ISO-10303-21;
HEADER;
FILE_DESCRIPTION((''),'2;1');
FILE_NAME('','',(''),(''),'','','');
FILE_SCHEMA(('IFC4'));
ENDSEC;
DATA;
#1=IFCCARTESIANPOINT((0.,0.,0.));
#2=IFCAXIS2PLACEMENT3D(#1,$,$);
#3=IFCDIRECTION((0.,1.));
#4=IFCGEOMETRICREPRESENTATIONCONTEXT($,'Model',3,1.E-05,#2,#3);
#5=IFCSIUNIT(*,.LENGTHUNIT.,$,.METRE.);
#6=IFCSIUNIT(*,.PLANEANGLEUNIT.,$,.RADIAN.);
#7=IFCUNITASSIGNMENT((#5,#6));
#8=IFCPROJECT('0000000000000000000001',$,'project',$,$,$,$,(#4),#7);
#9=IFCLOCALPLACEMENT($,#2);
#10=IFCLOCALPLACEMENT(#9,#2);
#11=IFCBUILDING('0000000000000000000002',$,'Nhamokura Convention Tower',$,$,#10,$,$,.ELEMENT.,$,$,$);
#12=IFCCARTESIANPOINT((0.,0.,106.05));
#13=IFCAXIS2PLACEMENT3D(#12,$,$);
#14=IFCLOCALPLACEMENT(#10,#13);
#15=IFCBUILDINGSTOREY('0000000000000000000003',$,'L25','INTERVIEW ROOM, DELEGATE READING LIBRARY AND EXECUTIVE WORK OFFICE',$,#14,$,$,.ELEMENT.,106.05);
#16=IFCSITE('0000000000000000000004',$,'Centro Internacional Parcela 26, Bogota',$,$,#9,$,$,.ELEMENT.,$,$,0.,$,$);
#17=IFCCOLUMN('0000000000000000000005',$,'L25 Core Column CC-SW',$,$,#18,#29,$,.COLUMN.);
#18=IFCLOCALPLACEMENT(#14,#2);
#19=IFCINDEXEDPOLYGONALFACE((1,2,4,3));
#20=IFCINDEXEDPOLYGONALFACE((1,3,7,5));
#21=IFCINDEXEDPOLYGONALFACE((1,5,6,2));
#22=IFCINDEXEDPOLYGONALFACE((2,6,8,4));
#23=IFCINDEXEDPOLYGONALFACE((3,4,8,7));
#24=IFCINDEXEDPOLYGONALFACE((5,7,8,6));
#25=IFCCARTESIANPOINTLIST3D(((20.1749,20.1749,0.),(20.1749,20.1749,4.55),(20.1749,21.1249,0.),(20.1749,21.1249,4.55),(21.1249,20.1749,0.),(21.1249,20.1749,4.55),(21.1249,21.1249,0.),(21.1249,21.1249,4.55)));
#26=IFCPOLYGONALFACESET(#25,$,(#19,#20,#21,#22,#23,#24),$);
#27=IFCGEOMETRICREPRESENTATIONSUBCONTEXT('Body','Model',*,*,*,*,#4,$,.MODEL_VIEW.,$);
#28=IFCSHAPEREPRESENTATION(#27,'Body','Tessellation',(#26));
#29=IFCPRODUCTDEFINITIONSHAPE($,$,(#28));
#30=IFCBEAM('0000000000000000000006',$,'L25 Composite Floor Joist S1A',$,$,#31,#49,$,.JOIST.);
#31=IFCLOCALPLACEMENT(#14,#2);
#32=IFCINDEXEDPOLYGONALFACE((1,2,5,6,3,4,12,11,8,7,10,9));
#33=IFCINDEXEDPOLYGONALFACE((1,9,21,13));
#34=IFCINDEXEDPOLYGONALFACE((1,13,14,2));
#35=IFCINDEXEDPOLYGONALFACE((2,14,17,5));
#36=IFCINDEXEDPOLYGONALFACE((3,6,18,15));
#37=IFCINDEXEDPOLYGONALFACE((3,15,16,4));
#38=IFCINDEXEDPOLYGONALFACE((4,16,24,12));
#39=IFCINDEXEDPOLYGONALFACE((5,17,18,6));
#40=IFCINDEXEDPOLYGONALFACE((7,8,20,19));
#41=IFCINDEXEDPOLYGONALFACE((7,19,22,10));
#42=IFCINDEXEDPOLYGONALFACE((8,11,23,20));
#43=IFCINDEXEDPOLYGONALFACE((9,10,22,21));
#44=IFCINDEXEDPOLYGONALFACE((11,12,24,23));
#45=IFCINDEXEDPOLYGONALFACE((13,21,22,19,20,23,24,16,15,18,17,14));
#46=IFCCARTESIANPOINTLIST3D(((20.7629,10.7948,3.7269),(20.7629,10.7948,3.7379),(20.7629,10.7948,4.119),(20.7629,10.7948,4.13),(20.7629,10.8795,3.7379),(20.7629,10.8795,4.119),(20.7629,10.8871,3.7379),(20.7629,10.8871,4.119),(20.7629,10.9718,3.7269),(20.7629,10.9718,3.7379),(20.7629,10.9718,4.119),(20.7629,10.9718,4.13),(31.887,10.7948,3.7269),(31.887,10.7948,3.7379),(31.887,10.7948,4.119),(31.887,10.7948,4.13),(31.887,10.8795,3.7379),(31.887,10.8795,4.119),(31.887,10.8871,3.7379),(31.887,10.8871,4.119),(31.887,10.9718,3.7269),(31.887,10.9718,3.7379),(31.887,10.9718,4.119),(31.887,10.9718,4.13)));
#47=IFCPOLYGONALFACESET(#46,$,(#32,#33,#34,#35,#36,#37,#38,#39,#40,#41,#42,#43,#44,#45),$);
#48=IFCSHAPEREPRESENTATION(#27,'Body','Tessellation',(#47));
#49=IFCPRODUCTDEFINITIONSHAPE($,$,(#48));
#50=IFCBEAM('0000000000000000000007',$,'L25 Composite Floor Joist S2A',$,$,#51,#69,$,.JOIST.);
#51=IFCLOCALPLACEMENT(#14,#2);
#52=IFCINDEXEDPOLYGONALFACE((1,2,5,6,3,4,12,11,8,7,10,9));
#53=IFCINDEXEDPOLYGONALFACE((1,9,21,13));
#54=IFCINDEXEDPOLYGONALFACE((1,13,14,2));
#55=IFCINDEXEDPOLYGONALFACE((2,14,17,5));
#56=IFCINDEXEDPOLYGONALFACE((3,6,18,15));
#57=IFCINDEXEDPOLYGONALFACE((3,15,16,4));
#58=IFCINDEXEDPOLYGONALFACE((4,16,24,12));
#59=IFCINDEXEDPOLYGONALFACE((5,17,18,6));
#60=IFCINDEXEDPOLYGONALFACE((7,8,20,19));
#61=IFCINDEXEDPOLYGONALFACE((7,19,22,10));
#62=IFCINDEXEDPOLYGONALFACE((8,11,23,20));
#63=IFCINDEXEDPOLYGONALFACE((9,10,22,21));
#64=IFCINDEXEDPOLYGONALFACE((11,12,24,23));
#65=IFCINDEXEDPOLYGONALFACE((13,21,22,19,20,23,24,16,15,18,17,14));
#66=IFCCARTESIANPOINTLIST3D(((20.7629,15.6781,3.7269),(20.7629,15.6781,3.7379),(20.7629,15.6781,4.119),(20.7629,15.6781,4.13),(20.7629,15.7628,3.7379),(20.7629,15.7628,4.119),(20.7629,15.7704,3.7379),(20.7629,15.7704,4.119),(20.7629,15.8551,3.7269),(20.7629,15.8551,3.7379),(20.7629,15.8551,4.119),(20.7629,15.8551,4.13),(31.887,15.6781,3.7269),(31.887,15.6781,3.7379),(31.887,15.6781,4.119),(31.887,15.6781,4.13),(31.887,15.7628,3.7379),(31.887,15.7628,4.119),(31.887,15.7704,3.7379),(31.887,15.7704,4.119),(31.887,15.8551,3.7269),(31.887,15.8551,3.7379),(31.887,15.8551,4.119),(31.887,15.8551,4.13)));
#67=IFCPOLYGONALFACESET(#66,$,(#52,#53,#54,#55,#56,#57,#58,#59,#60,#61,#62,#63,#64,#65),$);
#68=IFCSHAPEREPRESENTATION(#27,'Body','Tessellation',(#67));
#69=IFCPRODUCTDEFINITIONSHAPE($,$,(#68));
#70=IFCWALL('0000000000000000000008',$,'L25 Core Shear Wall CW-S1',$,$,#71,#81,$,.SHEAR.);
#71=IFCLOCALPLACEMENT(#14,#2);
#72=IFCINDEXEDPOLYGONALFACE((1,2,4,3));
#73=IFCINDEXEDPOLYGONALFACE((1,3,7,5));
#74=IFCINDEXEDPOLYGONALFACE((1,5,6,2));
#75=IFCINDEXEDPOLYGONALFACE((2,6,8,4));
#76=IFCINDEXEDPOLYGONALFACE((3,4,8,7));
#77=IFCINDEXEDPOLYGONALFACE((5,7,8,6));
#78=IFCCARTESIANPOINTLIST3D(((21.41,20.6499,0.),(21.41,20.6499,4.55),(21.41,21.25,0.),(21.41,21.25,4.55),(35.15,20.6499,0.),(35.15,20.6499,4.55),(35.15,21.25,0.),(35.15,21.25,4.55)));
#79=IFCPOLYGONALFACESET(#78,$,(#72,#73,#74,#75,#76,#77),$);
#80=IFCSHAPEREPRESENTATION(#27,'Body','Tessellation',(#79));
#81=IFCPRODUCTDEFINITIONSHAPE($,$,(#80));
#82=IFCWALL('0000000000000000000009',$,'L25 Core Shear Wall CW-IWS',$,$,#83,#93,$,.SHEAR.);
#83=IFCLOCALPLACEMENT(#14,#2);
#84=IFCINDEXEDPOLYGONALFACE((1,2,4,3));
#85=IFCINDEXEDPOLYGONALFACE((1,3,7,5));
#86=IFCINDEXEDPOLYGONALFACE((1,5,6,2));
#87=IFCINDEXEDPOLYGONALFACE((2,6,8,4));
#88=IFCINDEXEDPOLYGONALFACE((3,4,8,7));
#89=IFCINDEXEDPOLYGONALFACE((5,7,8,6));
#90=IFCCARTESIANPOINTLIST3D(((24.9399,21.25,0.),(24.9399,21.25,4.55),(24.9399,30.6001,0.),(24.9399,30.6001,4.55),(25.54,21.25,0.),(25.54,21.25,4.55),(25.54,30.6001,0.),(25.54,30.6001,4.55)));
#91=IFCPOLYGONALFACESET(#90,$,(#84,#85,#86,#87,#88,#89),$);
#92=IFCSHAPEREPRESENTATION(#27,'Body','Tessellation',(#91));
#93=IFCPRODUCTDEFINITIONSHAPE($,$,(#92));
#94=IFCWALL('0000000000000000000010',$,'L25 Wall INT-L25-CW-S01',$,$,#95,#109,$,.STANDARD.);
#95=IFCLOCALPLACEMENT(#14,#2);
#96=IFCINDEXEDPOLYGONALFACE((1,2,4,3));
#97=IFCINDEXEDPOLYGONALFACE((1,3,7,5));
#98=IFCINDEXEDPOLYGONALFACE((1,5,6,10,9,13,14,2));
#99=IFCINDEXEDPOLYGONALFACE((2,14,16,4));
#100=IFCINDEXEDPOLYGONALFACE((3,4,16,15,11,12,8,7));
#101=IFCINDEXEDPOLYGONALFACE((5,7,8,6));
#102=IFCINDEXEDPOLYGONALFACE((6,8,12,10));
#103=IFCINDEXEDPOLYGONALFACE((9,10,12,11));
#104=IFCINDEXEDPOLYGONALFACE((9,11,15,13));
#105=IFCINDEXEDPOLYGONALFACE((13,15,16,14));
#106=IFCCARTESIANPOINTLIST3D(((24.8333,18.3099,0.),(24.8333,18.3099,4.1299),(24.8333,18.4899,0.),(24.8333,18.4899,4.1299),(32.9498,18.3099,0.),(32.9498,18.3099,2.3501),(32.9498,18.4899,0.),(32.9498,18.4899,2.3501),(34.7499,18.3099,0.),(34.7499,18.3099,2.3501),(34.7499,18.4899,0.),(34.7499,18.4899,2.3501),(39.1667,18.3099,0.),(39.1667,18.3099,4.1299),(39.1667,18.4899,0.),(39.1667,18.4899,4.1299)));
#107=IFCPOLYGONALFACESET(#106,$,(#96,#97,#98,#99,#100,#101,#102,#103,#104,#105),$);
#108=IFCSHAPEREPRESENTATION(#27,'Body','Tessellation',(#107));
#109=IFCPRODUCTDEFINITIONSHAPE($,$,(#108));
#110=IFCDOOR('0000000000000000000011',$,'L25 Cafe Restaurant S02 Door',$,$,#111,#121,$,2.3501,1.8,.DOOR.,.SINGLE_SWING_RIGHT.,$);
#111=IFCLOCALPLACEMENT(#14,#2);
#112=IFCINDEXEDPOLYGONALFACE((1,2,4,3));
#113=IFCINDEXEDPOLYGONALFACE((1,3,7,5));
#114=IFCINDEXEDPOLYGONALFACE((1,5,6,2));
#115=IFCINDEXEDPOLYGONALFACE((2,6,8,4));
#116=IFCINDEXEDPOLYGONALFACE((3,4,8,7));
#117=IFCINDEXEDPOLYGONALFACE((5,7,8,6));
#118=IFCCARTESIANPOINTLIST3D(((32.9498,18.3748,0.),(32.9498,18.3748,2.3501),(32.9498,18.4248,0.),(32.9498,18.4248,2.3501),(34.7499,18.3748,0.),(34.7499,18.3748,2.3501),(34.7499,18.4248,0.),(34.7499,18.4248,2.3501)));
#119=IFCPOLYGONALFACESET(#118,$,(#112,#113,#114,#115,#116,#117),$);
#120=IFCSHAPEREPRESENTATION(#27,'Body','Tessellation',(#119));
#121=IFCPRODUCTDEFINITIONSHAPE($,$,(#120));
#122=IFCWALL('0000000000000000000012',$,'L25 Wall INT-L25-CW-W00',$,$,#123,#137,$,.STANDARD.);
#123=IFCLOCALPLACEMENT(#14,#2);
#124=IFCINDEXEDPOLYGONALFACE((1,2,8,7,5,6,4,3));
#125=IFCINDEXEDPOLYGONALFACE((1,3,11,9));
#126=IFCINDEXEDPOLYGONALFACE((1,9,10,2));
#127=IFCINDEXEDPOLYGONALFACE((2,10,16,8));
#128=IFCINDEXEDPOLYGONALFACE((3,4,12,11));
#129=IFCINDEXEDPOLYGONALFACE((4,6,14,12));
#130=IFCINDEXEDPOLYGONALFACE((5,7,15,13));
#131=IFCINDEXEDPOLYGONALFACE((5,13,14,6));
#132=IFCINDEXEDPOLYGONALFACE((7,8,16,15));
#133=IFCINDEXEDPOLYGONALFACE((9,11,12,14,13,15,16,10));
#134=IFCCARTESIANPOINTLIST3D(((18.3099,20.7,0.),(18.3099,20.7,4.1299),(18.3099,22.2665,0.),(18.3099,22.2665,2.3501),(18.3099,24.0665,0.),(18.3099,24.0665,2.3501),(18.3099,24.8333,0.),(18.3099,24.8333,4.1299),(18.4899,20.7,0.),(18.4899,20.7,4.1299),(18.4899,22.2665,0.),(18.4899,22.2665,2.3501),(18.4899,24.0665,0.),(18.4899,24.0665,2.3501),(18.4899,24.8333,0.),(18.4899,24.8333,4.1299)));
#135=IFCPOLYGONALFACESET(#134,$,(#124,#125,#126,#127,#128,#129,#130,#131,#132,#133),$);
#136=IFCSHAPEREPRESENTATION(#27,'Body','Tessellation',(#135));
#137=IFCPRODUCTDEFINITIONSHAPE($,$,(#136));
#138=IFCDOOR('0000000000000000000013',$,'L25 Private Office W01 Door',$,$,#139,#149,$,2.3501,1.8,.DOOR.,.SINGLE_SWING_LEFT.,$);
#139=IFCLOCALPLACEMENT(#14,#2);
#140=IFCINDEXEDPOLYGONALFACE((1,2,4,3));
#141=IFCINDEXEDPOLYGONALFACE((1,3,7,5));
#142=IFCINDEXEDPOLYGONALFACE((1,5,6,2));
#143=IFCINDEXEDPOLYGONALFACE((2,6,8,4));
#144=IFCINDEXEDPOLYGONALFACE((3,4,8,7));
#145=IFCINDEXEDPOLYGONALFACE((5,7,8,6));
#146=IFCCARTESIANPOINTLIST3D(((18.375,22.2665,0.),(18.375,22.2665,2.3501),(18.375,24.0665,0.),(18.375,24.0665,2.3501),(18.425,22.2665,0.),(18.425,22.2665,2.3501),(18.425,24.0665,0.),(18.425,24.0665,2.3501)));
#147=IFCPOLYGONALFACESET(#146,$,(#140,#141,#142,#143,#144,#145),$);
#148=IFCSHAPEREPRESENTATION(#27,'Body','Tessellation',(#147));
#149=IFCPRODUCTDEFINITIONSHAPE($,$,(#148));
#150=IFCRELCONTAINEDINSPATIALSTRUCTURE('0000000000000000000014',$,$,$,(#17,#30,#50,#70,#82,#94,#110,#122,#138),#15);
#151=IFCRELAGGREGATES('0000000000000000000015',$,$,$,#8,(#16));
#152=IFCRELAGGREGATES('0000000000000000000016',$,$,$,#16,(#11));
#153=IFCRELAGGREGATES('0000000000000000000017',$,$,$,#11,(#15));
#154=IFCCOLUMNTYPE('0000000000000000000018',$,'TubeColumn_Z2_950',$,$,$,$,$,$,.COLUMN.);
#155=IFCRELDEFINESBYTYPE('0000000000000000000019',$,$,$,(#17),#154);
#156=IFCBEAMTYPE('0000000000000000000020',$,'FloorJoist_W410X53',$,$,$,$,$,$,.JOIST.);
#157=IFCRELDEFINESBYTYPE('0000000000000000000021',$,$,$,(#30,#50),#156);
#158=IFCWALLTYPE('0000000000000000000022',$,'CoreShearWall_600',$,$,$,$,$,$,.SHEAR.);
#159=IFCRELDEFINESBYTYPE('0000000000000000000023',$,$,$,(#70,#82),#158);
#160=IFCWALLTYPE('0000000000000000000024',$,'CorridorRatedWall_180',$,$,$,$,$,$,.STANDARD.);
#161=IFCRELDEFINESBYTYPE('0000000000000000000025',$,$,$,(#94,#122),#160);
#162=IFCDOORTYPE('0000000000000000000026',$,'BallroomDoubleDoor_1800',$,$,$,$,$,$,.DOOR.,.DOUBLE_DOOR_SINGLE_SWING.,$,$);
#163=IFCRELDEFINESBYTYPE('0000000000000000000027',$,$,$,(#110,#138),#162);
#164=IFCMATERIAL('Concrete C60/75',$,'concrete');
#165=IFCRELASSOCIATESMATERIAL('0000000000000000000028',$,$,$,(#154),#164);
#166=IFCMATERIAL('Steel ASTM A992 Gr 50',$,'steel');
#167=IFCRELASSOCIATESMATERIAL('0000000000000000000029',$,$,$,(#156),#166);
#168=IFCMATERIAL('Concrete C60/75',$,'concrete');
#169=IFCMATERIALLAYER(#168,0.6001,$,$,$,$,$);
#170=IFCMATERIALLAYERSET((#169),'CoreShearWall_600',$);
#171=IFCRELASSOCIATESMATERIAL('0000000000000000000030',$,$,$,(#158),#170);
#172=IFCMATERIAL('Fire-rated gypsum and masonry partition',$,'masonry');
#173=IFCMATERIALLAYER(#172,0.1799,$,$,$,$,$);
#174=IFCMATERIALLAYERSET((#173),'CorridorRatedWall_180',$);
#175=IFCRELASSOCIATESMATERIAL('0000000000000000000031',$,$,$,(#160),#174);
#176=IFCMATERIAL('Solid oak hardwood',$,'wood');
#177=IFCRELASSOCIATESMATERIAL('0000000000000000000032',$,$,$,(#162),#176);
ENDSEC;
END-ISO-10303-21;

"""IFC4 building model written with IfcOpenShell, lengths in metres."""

from ifc_helpers import new_model, si_unit, direction, frame, frame_2d, origin, origin_2d, place, context, subcontext, project, spatial, rectangle, i_section, extrude, material, layer, layer_set, material_profile, profile_set, type_object, element, fill, save


model = new_model("IFC4")

# Units and contexts
model_context = context("Model", 3, precision=1e-05, world=origin(), true_north=direction((0.0, 1.0)))
body_context = subcontext(model_context, "Body", "Model", "MODEL_VIEW")
ifc_project = project(units=[si_unit("LENGTHUNIT", "METRE"), si_unit("PLANEANGLEUNIT", "RADIAN")], contexts=[model_context])

# Site, building, storey
site_placement = place(None, origin())
site = spatial("IfcSite", under=ifc_project, at=site_placement, Name="Centro Internacional Parcela 26, Bogota", CompositionType="ELEMENT", RefElevation=0.0)
building_placement = place(site_placement, origin())
building = spatial("IfcBuilding", under=site, at=building_placement, Name="Nhamokura Convention Tower", CompositionType="ELEMENT")
storey_placement = place(building_placement, frame((0.0, 0.0, 106.05)))
storey = spatial("IfcBuildingStorey", under=building, at=storey_placement, Name="L25", Description="INTERVIEW ROOM, DELEGATE READING LIBRARY AND EXECUTIVE WORK OFFICE", CompositionType="ELEMENT", Elevation=106.05)

# Column
ifc_material_1 = material(Name="Concrete C60/75", Category="concrete")
ifc_material_profile_1 = material_profile(ifc_material_1, rectangle(XDim=0.95, YDim=0.95, at=origin_2d()))
ifc_profile_set_1 = profile_set([ifc_material_profile_1], Name="Concrete C60/75")
column_type = type_object("IfcColumnType", Name="TubeColumn_Z2_950", PredefinedType="COLUMN", material=ifc_profile_set_1)
column_placement = place(storey_placement, frame((20.6499, 20.6499, 0.0), z_axis=(0.0, 0.0, 1.0), x_axis=(1.0, 0.0, 0.0)))
element("IfcColumn", 1, at=column_placement, inside=storey, type_object=column_type, Name="L25 Core Column CC-SW", PredefinedType="COLUMN", context=body_context, shape_type="SweptSolid", body=[
    extrude(rectangle(XDim=0.95, YDim=0.95, at=origin_2d()), origin(), (0.0, 0.0, 1.0), 4.55),
])

# Beams
ifc_material_2 = material(Name="Steel ASTM A992 Gr 50", Category="steel")
ifc_material_profile_2 = material_profile(ifc_material_2, i_section(OverallWidth=0.177, OverallDepth=0.4031, WebThickness=0.0076, FlangeThickness=0.011, at=origin_2d()))
ifc_profile_set_2 = profile_set([ifc_material_profile_2], Name="Steel ASTM A992 Gr 50")
beam_type = type_object("IfcBeamType", Name="FloorJoist_W410X53", PredefinedType="JOIST", material=ifc_profile_set_2)
for number, where, z_axis, x_axis, name in (
    (2, (20.7629, 10.8833, 3.9285), (1.0, 0.0, 0.0), (0.0, 1.0, 0.0), "L25 Composite Floor Joist S1A"),
    (3, (20.7629, 15.7666, 3.9285), (1.0, 0.0, 0.0), (0.0, 1.0, 0.0), "L25 Composite Floor Joist S2A"),
):
    element("IfcBeam", number, at=place(storey_placement, frame(where, z_axis=z_axis, x_axis=x_axis)), inside=storey, type_object=beam_type, Name=name, PredefinedType="JOIST", context=body_context, shape_type="SweptSolid", body=[
        extrude(i_section(OverallWidth=0.177, OverallDepth=0.4031, WebThickness=0.0076, FlangeThickness=0.011, at=origin_2d()), origin(), (0.0, 0.0, 1.0), 11.124),
    ])

# Shared definitions
ifc_material_3 = material(Name="Concrete C60/75", Category="concrete")
ifc_layer_1 = layer(ifc_material_3, 0.6001)
ifc_layer_set_1 = layer_set([ifc_layer_1], Name="CoreShearWall_600")
wall_type_1 = type_object("IfcWallType", Name="CoreShearWall_600", PredefinedType="SHEAR", material=ifc_layer_set_1)

# Walls
wall_1_placement = place(storey_placement, frame((21.4099, 20.95, 0.0), z_axis=(0.0, 0.0, 1.0), x_axis=(1.0, 0.0, 0.0)))
element("IfcWall", 4, at=wall_1_placement, inside=storey, type_object=wall_type_1, Name="L25 Core Shear Wall CW-S1", PredefinedType="SHEAR", context=body_context, shape_type="SweptSolid", body=[
    extrude(rectangle(XDim=13.74, YDim=0.6001, at=frame_2d((6.8701, 0.0))), origin(), (0.0, 0.0, 1.0), 4.55),
])
wall_2_placement = place(storey_placement, frame((25.24, 21.25, 0.0), z_axis=(0.0, 0.0, 1.0), x_axis=(0.0, 1.0, 0.0)))
element("IfcWall", 5, at=wall_2_placement, inside=storey, type_object=wall_type_1, Name="L25 Core Shear Wall CW-IWS", PredefinedType="SHEAR", context=body_context, shape_type="SweptSolid", body=[
    extrude(rectangle(XDim=9.3501, YDim=0.6001, at=frame_2d((4.675, 0.0))), origin(), (0.0, 0.0, 1.0), 4.55),
])

# Walls, openings, doors
ifc_material_4 = material(Name="Fire-rated gypsum and masonry partition", Category="masonry")
ifc_layer_2 = layer(ifc_material_4, 0.1799)
ifc_layer_set_2 = layer_set([ifc_layer_2], Name="CorridorRatedWall_180")
wall_type_2 = type_object("IfcWallType", Name="CorridorRatedWall_180", PredefinedType="STANDARD", material=ifc_layer_set_2)
wall_3_placement = place(storey_placement, frame((24.8333, 18.3999, 0.0), z_axis=(0.0, 0.0, 1.0), x_axis=(1.0, 0.0, 0.0)))
wall_3 = element("IfcWall", 6, at=wall_3_placement, inside=storey, type_object=wall_type_2, Name="L25 Wall INT-L25-CW-S01", PredefinedType="STANDARD", context=body_context, shape_type="SweptSolid", body=[
    extrude(rectangle(XDim=14.3335, YDim=0.1799, at=frame_2d((7.1667, 0.0))), origin(), (0.0, 0.0, 1.0), 4.1299),
])
opening_1_placement = place(wall_3_placement, frame((8.1167, 0.0, 0.0)))
opening_1 = element("IfcOpeningElement", 7, at=opening_1_placement, cuts=wall_3, PredefinedType="OPENING", context=body_context, shape_type="SweptSolid", body=[
    extrude(rectangle(XDim=1.8, YDim=2.3501, at=frame_2d((0.8999, 1.175))), frame((0.0, 0.0999, 0.0), z_axis=(0.0, -1.0, 0.0), x_axis=(1.0, 0.0, 0.0)), (0.0, 0.0, 1.0), 0.2),
])
ifc_material_5 = material(Name="Solid oak hardwood", Category="wood")
door_type_1 = type_object("IfcDoorType", Name="BallroomDoubleDoor_1800", OperationType="DOUBLE_DOOR_SINGLE_SWING", PredefinedType="DOOR", material=ifc_material_5)
door_1_placement = place(opening_1_placement, origin())
door_1 = element("IfcDoor", 8, at=door_1_placement, inside=storey, type_object=door_type_1, Name="L25 Cafe Restaurant S02 Door", OperationType="SINGLE_SWING_RIGHT", OverallHeight=2.3501, OverallWidth=1.8, PredefinedType="DOOR", context=body_context, shape_type="SweptSolid", body=[
    extrude(rectangle(XDim=1.8, YDim=2.3501, at=frame_2d((0.8999, 1.175))), frame((0.0, 0.0249, 0.0), z_axis=(0.0, -1.0, 0.0), x_axis=(1.0, 0.0, 0.0)), (0.0, 0.0, 1.0), 0.05),
])
fill(opening_1, door_1)
wall_4_placement = place(storey_placement, frame((18.3999, 20.7, 0.0), z_axis=(0.0, 0.0, 1.0), x_axis=(0.0, 1.0, 0.0)))
wall_4 = element("IfcWall", 9, at=wall_4_placement, inside=storey, type_object=wall_type_2, Name="L25 Wall INT-L25-CW-W00", PredefinedType="STANDARD", context=body_context, shape_type="SweptSolid", body=[
    extrude(rectangle(XDim=4.1333, YDim=0.1799, at=frame_2d((2.0667, 0.0))), origin(), (0.0, 0.0, 1.0), 4.1299),
])
opening_2_placement = place(wall_4_placement, frame((1.5667, 0.0, 0.0)))
opening_2 = element("IfcOpeningElement", 10, at=opening_2_placement, cuts=wall_4, PredefinedType="OPENING", context=body_context, shape_type="SweptSolid", body=[
    extrude(rectangle(XDim=1.8, YDim=2.3501, at=frame_2d((0.8999, 1.175))), frame((0.0, 0.0999, 0.0), z_axis=(0.0, -1.0, 0.0), x_axis=(1.0, 0.0, 0.0)), (0.0, 0.0, 1.0), 0.2),
])
door_2_placement = place(opening_2_placement, origin())
door_2 = element("IfcDoor", 11, at=door_2_placement, inside=storey, type_object=door_type_1, Name="L25 Private Office W01 Door", OperationType="SINGLE_SWING_LEFT", OverallHeight=2.3501, OverallWidth=1.8, PredefinedType="DOOR", context=body_context, shape_type="SweptSolid", body=[
    extrude(rectangle(XDim=1.8, YDim=2.3501, at=frame_2d((0.8999, 1.175))), frame((0.0, 0.0249, 0.0), z_axis=(0.0, -1.0, 0.0), x_axis=(1.0, 0.0, 0.0)), (0.0, 0.0, 1.0), 0.05),
])
fill(opening_2, door_2)

save(model, "model.ifc")
